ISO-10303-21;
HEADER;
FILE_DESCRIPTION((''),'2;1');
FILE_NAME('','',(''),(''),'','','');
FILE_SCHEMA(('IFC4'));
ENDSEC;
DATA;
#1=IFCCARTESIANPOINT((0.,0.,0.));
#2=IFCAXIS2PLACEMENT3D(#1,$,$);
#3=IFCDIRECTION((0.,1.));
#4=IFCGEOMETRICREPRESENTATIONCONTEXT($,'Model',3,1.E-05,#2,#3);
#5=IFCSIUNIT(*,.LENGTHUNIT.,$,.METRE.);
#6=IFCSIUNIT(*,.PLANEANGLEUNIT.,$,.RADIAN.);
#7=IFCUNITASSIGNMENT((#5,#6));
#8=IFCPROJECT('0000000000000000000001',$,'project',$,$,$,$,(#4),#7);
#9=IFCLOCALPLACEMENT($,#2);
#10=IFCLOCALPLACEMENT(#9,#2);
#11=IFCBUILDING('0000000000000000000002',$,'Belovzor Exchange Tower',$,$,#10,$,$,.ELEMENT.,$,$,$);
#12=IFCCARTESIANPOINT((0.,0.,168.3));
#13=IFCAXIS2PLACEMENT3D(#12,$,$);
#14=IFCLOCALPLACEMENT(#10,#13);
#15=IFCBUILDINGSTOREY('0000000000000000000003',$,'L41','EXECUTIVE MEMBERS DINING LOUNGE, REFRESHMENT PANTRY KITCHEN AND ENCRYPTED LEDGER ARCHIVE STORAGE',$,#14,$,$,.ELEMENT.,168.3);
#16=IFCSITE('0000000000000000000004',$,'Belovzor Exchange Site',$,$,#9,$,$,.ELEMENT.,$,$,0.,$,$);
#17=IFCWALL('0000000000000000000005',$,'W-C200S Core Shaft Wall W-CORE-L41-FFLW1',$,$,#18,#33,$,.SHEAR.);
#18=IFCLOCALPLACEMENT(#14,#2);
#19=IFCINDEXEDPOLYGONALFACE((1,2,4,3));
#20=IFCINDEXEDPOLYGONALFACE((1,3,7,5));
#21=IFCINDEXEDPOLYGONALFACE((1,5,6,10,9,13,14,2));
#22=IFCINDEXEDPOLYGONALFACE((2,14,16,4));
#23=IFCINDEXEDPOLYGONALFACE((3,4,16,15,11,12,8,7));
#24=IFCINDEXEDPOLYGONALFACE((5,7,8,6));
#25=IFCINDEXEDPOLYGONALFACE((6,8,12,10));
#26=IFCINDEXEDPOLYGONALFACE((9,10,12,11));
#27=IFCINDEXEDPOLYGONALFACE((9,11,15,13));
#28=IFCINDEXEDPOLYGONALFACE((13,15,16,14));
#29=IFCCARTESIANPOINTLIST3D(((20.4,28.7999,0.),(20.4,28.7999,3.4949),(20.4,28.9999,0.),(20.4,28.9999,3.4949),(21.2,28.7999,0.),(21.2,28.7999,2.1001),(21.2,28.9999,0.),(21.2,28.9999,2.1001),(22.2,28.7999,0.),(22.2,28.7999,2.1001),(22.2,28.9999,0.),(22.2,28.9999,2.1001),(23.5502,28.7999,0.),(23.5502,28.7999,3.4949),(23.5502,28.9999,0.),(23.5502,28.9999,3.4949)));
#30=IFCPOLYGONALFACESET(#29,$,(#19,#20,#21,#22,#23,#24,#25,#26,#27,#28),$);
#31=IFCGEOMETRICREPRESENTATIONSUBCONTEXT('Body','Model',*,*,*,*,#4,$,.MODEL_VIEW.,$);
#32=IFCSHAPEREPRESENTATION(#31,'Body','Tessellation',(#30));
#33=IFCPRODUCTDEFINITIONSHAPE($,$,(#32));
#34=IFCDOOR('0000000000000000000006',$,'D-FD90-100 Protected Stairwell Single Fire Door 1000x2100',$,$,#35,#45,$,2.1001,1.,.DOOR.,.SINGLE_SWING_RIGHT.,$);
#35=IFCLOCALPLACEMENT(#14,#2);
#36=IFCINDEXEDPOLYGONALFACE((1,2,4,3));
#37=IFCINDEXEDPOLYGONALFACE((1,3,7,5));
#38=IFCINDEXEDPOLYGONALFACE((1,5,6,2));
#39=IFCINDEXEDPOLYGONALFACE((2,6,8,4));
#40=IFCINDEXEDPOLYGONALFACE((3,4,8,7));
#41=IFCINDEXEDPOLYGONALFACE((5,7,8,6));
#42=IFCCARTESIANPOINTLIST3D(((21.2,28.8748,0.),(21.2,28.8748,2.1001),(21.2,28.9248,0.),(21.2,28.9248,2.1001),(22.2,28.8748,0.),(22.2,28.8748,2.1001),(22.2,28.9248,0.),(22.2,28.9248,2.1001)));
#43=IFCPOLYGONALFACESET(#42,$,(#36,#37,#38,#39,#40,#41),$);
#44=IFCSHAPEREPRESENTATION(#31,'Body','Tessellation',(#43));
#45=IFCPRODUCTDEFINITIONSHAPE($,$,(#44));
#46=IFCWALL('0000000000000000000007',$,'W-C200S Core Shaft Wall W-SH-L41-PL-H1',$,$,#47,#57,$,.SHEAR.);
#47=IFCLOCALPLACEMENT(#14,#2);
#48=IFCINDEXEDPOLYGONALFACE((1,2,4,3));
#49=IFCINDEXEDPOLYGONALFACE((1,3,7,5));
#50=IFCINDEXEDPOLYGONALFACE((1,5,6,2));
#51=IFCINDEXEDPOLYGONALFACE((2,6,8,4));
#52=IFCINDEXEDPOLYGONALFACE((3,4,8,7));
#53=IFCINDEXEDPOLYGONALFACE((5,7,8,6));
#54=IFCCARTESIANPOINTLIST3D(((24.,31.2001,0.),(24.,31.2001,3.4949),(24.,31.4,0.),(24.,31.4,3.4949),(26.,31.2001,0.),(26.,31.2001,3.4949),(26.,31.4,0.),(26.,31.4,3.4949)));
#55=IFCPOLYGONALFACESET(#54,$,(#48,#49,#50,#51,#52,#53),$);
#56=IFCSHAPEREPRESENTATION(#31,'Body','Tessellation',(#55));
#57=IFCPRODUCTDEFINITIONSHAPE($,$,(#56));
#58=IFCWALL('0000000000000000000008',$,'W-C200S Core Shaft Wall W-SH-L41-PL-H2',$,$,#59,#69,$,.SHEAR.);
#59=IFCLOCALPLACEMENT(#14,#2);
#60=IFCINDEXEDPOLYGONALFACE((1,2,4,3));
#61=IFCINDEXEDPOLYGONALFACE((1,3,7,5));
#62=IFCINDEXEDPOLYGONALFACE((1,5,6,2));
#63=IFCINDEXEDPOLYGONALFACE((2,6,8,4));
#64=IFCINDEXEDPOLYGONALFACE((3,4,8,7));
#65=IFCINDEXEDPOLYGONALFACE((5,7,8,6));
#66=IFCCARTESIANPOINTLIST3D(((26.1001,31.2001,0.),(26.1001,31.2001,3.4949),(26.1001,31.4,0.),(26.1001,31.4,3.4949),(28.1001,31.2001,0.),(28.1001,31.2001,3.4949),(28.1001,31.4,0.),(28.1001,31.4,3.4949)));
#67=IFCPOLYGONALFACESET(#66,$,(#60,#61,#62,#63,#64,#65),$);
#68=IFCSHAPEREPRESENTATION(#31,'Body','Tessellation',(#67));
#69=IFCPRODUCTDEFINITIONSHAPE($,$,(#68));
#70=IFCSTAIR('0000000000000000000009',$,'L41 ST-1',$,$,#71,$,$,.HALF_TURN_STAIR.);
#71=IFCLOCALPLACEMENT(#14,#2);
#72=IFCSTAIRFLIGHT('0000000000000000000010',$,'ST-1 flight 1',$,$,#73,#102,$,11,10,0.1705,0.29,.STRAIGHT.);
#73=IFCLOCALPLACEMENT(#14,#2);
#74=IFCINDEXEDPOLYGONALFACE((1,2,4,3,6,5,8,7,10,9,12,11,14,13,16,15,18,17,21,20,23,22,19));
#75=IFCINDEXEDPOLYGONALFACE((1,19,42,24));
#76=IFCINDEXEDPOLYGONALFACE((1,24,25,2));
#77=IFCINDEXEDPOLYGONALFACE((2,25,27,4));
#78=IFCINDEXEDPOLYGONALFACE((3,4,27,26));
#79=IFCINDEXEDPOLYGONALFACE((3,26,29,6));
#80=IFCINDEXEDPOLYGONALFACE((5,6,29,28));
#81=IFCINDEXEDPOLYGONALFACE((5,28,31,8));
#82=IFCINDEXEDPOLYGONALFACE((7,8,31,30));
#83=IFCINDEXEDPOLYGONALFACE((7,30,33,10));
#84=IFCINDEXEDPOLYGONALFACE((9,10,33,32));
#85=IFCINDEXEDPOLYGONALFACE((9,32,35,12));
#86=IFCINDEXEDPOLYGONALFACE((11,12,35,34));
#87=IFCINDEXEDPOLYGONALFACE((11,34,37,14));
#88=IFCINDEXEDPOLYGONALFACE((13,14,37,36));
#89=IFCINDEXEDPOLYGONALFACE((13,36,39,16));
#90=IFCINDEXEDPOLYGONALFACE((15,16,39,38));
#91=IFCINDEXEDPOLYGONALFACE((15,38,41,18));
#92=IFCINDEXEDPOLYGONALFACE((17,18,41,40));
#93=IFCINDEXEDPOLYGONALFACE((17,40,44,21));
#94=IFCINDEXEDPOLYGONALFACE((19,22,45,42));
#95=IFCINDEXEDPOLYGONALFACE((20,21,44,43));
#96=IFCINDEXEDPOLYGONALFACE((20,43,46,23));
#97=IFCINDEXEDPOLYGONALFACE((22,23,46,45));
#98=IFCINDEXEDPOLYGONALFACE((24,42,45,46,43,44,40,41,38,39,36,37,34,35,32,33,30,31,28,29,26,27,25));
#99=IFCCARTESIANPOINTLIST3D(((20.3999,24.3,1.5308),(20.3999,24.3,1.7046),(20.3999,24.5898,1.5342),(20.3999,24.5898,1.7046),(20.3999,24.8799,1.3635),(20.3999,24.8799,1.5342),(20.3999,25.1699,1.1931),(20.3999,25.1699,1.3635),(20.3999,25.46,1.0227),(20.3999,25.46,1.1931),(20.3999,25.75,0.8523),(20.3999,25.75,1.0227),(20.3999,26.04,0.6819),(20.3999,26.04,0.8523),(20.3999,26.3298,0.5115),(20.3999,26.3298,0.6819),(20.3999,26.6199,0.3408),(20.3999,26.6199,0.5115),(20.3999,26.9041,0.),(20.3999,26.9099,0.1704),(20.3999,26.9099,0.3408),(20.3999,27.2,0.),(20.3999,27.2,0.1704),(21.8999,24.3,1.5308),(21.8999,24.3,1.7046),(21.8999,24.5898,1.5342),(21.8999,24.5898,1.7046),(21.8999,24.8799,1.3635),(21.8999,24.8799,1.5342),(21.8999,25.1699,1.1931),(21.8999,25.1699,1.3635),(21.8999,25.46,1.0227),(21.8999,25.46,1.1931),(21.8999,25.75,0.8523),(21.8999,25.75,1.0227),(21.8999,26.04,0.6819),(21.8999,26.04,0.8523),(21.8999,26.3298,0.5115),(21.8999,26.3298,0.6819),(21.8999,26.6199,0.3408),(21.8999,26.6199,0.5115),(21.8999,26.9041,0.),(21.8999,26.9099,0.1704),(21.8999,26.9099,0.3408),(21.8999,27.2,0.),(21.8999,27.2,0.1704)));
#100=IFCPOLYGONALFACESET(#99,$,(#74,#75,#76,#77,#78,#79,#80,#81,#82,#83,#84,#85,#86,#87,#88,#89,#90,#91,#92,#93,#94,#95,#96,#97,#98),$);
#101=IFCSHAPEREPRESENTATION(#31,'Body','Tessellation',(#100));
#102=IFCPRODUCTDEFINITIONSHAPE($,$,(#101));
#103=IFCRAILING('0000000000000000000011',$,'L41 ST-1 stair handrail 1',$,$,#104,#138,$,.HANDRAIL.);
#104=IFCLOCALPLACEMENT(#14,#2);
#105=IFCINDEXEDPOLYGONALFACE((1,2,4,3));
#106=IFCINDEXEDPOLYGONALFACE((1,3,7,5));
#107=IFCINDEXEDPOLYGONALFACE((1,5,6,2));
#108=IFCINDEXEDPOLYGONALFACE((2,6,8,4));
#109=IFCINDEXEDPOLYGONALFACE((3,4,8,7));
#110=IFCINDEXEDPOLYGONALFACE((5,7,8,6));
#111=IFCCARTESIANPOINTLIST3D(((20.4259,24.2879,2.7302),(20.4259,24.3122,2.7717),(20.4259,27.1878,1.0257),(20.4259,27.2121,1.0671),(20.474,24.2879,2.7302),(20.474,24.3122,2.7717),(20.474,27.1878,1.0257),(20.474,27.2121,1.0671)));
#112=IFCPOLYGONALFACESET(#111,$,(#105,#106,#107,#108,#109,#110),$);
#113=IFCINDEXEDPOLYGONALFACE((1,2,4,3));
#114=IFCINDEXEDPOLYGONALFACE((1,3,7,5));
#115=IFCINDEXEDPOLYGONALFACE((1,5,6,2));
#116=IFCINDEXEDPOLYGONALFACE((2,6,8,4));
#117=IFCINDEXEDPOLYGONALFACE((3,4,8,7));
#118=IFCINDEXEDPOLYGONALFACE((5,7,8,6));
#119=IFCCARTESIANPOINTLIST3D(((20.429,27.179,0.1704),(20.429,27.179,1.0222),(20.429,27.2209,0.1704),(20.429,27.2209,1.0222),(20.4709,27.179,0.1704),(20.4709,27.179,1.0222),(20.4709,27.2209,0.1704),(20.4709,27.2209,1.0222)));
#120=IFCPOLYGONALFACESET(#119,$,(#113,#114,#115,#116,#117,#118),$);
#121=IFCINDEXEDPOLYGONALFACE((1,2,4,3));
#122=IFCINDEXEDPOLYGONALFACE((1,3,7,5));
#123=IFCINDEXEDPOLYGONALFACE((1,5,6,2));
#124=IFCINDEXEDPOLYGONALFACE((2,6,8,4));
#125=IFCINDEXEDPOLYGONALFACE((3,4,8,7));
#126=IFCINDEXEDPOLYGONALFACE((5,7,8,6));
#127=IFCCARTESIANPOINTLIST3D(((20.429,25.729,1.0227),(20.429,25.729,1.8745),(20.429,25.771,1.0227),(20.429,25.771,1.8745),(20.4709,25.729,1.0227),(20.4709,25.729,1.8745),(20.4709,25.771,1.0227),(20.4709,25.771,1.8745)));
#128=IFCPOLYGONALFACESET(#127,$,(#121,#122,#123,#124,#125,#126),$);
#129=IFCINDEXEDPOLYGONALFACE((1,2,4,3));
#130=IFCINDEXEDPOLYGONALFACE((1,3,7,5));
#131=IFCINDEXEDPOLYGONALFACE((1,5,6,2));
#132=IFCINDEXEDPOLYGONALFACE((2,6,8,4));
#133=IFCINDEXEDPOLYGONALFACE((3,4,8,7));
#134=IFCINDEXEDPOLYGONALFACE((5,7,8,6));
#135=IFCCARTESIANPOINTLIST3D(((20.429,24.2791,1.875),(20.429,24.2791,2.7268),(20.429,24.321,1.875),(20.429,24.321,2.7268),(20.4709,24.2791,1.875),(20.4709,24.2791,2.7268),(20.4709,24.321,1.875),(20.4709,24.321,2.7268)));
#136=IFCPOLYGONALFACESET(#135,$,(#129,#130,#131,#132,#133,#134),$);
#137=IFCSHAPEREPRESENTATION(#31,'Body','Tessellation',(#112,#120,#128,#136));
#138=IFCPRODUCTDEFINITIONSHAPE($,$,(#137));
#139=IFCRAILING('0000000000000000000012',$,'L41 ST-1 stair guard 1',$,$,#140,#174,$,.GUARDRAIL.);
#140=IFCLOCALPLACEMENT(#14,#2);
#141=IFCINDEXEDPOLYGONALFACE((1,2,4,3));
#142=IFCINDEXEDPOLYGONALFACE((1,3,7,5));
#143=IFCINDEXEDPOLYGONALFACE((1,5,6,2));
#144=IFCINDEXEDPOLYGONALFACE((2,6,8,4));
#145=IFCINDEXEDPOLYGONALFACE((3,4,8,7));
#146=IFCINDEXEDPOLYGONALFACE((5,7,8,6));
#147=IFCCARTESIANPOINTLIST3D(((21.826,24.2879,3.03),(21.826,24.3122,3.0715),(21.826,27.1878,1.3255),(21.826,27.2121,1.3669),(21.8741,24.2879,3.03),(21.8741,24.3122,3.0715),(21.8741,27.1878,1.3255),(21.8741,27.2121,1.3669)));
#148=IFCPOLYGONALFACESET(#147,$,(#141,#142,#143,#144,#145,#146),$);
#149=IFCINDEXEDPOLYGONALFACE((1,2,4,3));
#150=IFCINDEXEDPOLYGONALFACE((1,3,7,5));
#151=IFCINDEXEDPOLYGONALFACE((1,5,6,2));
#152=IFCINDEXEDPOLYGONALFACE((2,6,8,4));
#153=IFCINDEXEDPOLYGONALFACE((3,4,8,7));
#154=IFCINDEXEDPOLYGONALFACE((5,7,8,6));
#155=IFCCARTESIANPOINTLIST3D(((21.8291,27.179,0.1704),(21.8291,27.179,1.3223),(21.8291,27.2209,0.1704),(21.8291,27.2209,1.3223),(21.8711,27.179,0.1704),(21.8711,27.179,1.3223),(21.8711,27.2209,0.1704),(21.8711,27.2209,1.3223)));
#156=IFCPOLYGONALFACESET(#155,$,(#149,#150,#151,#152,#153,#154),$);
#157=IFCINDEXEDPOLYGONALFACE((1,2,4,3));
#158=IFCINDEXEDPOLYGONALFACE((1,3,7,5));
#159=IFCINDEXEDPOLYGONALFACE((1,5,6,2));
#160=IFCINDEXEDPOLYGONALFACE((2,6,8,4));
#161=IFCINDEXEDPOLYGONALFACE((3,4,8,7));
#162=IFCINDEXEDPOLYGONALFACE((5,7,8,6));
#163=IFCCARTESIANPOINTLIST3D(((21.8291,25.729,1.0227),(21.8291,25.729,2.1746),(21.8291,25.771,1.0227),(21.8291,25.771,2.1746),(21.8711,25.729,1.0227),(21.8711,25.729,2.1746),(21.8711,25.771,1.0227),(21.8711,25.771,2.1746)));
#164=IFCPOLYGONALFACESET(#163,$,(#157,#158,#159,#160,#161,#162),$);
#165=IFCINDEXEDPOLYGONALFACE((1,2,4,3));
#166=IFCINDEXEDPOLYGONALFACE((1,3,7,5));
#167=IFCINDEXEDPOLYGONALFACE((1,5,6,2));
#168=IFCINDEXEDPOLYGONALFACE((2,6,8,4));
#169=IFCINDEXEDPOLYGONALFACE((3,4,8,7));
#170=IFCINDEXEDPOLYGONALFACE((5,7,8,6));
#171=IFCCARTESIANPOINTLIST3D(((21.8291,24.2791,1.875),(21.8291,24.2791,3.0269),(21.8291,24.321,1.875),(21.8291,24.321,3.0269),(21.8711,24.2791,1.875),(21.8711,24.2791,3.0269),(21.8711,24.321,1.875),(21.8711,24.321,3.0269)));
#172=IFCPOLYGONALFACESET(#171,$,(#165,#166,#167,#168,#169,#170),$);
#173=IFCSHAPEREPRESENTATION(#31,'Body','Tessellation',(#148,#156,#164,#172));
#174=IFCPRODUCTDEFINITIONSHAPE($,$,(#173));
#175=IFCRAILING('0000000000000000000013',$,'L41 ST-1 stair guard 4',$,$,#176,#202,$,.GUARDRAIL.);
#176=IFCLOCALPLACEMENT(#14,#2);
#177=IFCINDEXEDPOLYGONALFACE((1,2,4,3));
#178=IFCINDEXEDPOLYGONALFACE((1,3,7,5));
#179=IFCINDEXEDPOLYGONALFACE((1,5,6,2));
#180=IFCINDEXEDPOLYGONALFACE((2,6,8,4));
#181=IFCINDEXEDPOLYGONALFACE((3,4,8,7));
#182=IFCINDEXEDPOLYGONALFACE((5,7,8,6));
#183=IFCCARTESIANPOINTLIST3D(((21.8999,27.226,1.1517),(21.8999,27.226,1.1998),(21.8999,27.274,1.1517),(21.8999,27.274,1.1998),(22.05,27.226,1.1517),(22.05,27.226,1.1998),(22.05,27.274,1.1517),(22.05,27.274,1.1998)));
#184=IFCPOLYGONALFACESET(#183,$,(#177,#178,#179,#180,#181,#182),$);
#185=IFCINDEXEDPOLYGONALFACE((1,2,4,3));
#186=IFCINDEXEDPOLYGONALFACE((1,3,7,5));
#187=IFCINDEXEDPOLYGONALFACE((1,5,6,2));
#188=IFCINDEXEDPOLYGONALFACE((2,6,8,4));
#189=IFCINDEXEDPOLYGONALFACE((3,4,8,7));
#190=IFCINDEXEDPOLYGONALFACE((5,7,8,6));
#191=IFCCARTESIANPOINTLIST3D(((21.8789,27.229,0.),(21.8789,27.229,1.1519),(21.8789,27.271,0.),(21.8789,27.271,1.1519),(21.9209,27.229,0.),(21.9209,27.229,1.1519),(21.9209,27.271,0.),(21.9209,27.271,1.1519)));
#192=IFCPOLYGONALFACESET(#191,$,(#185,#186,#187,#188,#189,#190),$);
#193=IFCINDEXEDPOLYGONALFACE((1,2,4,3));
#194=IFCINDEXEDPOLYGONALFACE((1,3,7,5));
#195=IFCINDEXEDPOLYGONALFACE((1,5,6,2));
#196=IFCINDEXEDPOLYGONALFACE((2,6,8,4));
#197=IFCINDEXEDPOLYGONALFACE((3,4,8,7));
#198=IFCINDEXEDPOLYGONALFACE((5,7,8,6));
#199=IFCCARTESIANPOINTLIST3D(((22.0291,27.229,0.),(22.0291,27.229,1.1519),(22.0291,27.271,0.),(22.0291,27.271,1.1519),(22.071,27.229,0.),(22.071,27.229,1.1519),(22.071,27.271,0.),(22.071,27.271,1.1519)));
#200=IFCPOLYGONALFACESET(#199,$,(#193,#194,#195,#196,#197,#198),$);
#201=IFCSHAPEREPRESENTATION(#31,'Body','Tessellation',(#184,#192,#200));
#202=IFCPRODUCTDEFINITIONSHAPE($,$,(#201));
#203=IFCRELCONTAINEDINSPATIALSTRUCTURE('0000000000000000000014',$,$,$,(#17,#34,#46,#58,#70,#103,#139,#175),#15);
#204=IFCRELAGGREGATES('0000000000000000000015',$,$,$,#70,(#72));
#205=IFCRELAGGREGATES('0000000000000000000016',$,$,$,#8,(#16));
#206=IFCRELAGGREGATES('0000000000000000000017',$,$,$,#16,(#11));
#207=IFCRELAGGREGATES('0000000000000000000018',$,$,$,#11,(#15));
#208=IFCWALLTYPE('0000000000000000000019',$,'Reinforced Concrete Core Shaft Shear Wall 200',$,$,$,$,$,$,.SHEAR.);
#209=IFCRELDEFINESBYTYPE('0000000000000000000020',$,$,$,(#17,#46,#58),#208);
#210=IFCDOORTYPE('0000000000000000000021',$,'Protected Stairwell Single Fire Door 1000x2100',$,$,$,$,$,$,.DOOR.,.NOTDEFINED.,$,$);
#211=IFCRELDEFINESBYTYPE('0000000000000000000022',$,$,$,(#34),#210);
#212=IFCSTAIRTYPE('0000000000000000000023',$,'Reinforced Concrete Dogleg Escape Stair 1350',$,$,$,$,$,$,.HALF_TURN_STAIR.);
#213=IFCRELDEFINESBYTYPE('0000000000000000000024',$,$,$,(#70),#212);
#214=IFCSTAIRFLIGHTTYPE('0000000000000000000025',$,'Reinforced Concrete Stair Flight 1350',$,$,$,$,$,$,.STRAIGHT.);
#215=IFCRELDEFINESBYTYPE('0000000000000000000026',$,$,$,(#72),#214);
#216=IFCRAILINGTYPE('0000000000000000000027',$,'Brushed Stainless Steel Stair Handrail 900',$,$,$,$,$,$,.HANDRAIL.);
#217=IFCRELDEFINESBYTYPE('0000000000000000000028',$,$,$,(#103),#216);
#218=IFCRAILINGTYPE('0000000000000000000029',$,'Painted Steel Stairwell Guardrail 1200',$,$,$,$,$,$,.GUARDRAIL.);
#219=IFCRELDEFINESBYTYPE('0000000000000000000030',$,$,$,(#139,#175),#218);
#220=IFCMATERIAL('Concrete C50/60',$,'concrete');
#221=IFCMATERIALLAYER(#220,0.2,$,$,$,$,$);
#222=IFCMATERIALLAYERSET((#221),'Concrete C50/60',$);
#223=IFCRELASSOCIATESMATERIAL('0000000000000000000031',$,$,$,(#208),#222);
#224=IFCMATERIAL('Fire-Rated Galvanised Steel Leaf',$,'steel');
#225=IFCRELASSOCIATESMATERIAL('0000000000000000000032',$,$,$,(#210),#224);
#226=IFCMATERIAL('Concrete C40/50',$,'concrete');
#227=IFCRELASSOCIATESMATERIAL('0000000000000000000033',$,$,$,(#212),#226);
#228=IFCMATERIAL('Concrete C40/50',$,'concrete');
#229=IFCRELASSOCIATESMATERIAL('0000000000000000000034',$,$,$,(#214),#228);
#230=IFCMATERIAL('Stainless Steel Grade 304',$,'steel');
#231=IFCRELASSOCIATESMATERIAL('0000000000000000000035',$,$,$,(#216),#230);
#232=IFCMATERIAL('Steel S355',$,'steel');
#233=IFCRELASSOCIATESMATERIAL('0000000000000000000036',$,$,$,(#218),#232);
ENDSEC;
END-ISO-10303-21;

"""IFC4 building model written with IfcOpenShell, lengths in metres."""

from ifc_helpers import new_model, si_unit, direction, frame, frame_2d, origin, origin_2d, place, context, subcontext, project, spatial, polyline, rectangle, outline, extrude, material, layer, layer_set, type_object, element, fill, aggregate, save


model = new_model("IFC4")

# Units and contexts
model_context = context("Model", 3, precision=1e-05, world=origin(), true_north=direction((0.0, 1.0)))
body_context = subcontext(model_context, "Body", "Model", "MODEL_VIEW")
ifc_project = project(units=[si_unit("LENGTHUNIT", "METRE"), si_unit("PLANEANGLEUNIT", "RADIAN")], contexts=[model_context])

# Site, building, storey
site_placement = place(None, origin())
site = spatial("IfcSite", under=ifc_project, at=site_placement, Name="Belovzor Exchange Site", CompositionType="ELEMENT", RefElevation=0.0)
building_placement = place(site_placement, origin())
building = spatial("IfcBuilding", under=site, at=building_placement, Name="Belovzor Exchange Tower", CompositionType="ELEMENT")
storey_placement = place(building_placement, frame((0.0, 0.0, 168.3)))
storey = spatial("IfcBuildingStorey", under=building, at=storey_placement, Name="L41", Description="EXECUTIVE MEMBERS DINING LOUNGE, REFRESHMENT PANTRY KITCHEN AND ENCRYPTED LEDGER ARCHIVE STORAGE", CompositionType="ELEMENT", Elevation=168.3)

# Wall, opening, door
ifc_material_1 = material(Name="Concrete C50/60", Category="concrete")
ifc_layer_1 = layer(ifc_material_1, 0.2)
ifc_layer_set_1 = layer_set([ifc_layer_1], Name="Concrete C50/60")
wall_type_1 = type_object("IfcWallType", Name="Reinforced Concrete Core Shaft Shear Wall 200", PredefinedType="SHEAR", material=ifc_layer_set_1)
wall_1_placement = place(storey_placement, frame((20.3999, 28.8999, 0.0), z_axis=(0.0, 0.0, 1.0), x_axis=(1.0, 0.0, 0.0)))
wall_1 = element("IfcWall", 1, at=wall_1_placement, inside=storey, type_object=wall_type_1, Name="W-C200S Core Shaft Wall W-CORE-L41-FFLW1", PredefinedType="SHEAR", context=body_context, shape_type="SweptSolid", body=[
    extrude(rectangle(XDim=3.1501, YDim=0.2, at=frame_2d((1.5752, 0.0))), origin(), (0.0, 0.0, 1.0), 3.4949),
])
opening_1_placement = place(wall_1_placement, frame((0.8, 0.0, 0.0)))
opening_1 = element("IfcOpeningElement", 2, at=opening_1_placement, cuts=wall_1, PredefinedType="OPENING", context=body_context, shape_type="SweptSolid", body=[
    extrude(rectangle(XDim=1.0, YDim=2.1001, at=frame_2d((0.5, 1.05))), frame((0.0, 0.1099, 0.0), z_axis=(0.0, -1.0, 0.0), x_axis=(1.0, 0.0, 0.0)), (0.0, 0.0, 1.0), 0.22),
])
ifc_material_2 = material(Name="Fire-Rated Galvanised Steel Leaf", Category="steel")
door_type_1 = type_object("IfcDoorType", Name="Protected Stairwell Single Fire Door 1000x2100", OperationType="NOTDEFINED", PredefinedType="DOOR", material=ifc_material_2)
door_1_placement = place(opening_1_placement, origin())
door_1 = element("IfcDoor", 3, at=door_1_placement, inside=storey, type_object=door_type_1, Name="D-FD90-100 Protected Stairwell Single Fire Door 1000x2100", OperationType="SINGLE_SWING_RIGHT", OverallHeight=2.1001, OverallWidth=1.0, PredefinedType="DOOR", context=body_context, shape_type="SweptSolid", body=[
    extrude(rectangle(XDim=1.0, YDim=2.1001, at=frame_2d((0.5, 1.05))), frame((0.0, 0.0249, 0.0), z_axis=(0.0, -1.0, 0.0), x_axis=(1.0, 0.0, 0.0)), (0.0, 0.0, 1.0), 0.05),
])
fill(opening_1, door_1)

# Walls
for number, where, z_axis, x_axis, name in (
    (4, (24.0, 31.3, 0.0), (0.0, 0.0, 1.0), (1.0, 0.0, 0.0), "W-C200S Core Shaft Wall W-SH-L41-PL-H1"),
    (5, (26.1001, 31.3, 0.0), (0.0, 0.0, 1.0), (1.0, 0.0, 0.0), "W-C200S Core Shaft Wall W-SH-L41-PL-H2"),
):
    element("IfcWall", number, at=place(storey_placement, frame(where, z_axis=z_axis, x_axis=x_axis)), inside=storey, type_object=wall_type_1, Name=name, PredefinedType="SHEAR", context=body_context, shape_type="SweptSolid", body=[
        extrude(rectangle(XDim=2.0, YDim=0.2, at=frame_2d((1.0, 0.0))), origin(), (0.0, 0.0, 1.0), 3.4949),
    ])

# Stair, stair flight
ifc_material_3 = material(Name="Concrete C40/50", Category="concrete")
stair_type = type_object("IfcStairType", Name="Reinforced Concrete Dogleg Escape Stair 1350", PredefinedType="HALF_TURN_STAIR", material=ifc_material_3)
stair_placement = place(storey_placement, origin())
stair = element("IfcStair", 6, at=stair_placement, inside=storey, type_object=stair_type, Name="L41 ST-1", PredefinedType="HALF_TURN_STAIR")
ifc_material_4 = material(Name="Concrete C40/50", Category="concrete")
stair_flight_type = type_object("IfcStairFlightType", Name="Reinforced Concrete Stair Flight 1350", PredefinedType="STRAIGHT", material=ifc_material_4)
stair_flight_placement = place(storey_placement, frame((21.1499, 27.2, 0.0), z_axis=(0.0, 0.0, 1.0), x_axis=(0.0, -1.0, 0.0)))
stair_flight = element("IfcStairFlight", 7, at=stair_flight_placement, type_object=stair_flight_type, Name="ST-1 flight 1", NumberOfRisers=11, NumberOfTreads=10, PredefinedType="STRAIGHT", RiserHeight=0.1705, TreadLength=0.29, context=body_context, shape_type="SweptSolid", body=[
    extrude(outline(polyline([(0.0, 0.0), (0.0, 0.1704), (0.29, 0.1704), (0.29, 0.3408), (0.5801, 0.3408), (0.5801, 0.5115), (0.8701, 0.5115), (0.8701, 0.6819), (1.1599, 0.6819), (1.1599, 0.8523), (1.45, 0.8523), (1.45, 1.0227), (1.74, 1.0227), (1.74, 1.1931), (2.03, 1.1931), (2.03, 1.3635), (2.3201, 1.3635), (2.3201, 1.5342), (2.6101, 1.5342), (2.6101, 1.7046), (2.8999, 1.7046), (2.8999, 1.875), (2.8999, 1.5308), (0.2959, 0.0), (0.0, 0.0)])), frame((0.0, 0.75, 0.0), z_axis=(0.0, -1.0, 0.0), x_axis=(1.0, 0.0, 0.0)), (0.0, 0.0, 1.0), 1.5),
])
aggregate(stair, [stair_flight])

# Railings
ifc_material_5 = material(Name="Stainless Steel Grade 304", Category="steel")
railing_type_1 = type_object("IfcRailingType", Name="Brushed Stainless Steel Stair Handrail 900", PredefinedType="HANDRAIL", material=ifc_material_5)
railing_1_placement = place(storey_placement, frame((20.45, 27.2, 0.1704)))
element("IfcRailing", 8, at=railing_1_placement, inside=storey, type_object=railing_type_1, Name="L41 ST-1 stair handrail 1", PredefinedType="HANDRAIL", context=body_context, shape_type="SweptSolid", body=[
    extrude(rectangle(XDim=0.0481, YDim=0.0481, at=origin_2d()), frame((0.0, 0.0, 0.876), z_axis=(0.0, -0.862095, 0.506747), x_axis=(1.0, 0.0, 0.0)), (0.0, 0.0, 1.0), 3.3638),
    extrude(rectangle(XDim=0.042, YDim=0.042, at=origin_2d()), origin(), (0.0, 0.0, 1.0), 0.8518),
    extrude(rectangle(XDim=0.042, YDim=0.042, at=origin_2d()), frame((0.0, -1.45, 0.8523)), (0.0, 0.0, 1.0), 0.8518),
    extrude(rectangle(XDim=0.042, YDim=0.042, at=origin_2d()), frame((0.0, -2.8999, 1.7046)), (0.0, 0.0, 1.0), 0.8518),
])
ifc_material_6 = material(Name="Steel S355", Category="steel")
railing_type_2 = type_object("IfcRailingType", Name="Painted Steel Stairwell Guardrail 1200", PredefinedType="GUARDRAIL", material=ifc_material_6)
railing_2_placement = place(storey_placement, frame((21.8501, 27.2, 0.1704)))
element("IfcRailing", 9, at=railing_2_placement, inside=storey, type_object=railing_type_2, Name="L41 ST-1 stair guard 1", PredefinedType="GUARDRAIL", context=body_context, shape_type="SweptSolid", body=[
    extrude(rectangle(XDim=0.0481, YDim=0.0481, at=origin_2d()), frame((0.0, 0.0, 1.1758), z_axis=(0.0, -0.862095, 0.506747), x_axis=(1.0, 0.0, 0.0)), (0.0, 0.0, 1.0), 3.3638),
    extrude(rectangle(XDim=0.042, YDim=0.042, at=origin_2d()), origin(), (0.0, 0.0, 1.0), 1.1519),
    extrude(rectangle(XDim=0.042, YDim=0.042, at=origin_2d()), frame((0.0, -1.45, 0.8523)), (0.0, 0.0, 1.0), 1.1519),
    extrude(rectangle(XDim=0.042, YDim=0.042, at=origin_2d()), frame((0.0, -2.8999, 1.7046)), (0.0, 0.0, 1.0), 1.1519),
])
railing_3_placement = place(storey_placement, frame((21.8999, 27.25, 0.0)))
element("IfcRailing", 10, at=railing_3_placement, inside=storey, type_object=railing_type_2, Name="L41 ST-1 stair guard 4", PredefinedType="GUARDRAIL", context=body_context, shape_type="SweptSolid", body=[
    extrude(rectangle(XDim=0.0481, YDim=0.0481, at=origin_2d()), frame((0.0, 0.0, 1.1758), z_axis=(1.0, 0.0, 0.0), x_axis=(0.0, 1.0, 0.0)), (0.0, 0.0, 1.0), 0.1501),
    extrude(rectangle(XDim=0.042, YDim=0.042, at=origin_2d()), origin(), (0.0, 0.0, 1.0), 1.1519),
    extrude(rectangle(XDim=0.042, YDim=0.042, at=origin_2d()), frame((0.1501, 0.0, 0.0)), (0.0, 0.0, 1.0), 1.1519),
])

save(model, "model.ifc")
